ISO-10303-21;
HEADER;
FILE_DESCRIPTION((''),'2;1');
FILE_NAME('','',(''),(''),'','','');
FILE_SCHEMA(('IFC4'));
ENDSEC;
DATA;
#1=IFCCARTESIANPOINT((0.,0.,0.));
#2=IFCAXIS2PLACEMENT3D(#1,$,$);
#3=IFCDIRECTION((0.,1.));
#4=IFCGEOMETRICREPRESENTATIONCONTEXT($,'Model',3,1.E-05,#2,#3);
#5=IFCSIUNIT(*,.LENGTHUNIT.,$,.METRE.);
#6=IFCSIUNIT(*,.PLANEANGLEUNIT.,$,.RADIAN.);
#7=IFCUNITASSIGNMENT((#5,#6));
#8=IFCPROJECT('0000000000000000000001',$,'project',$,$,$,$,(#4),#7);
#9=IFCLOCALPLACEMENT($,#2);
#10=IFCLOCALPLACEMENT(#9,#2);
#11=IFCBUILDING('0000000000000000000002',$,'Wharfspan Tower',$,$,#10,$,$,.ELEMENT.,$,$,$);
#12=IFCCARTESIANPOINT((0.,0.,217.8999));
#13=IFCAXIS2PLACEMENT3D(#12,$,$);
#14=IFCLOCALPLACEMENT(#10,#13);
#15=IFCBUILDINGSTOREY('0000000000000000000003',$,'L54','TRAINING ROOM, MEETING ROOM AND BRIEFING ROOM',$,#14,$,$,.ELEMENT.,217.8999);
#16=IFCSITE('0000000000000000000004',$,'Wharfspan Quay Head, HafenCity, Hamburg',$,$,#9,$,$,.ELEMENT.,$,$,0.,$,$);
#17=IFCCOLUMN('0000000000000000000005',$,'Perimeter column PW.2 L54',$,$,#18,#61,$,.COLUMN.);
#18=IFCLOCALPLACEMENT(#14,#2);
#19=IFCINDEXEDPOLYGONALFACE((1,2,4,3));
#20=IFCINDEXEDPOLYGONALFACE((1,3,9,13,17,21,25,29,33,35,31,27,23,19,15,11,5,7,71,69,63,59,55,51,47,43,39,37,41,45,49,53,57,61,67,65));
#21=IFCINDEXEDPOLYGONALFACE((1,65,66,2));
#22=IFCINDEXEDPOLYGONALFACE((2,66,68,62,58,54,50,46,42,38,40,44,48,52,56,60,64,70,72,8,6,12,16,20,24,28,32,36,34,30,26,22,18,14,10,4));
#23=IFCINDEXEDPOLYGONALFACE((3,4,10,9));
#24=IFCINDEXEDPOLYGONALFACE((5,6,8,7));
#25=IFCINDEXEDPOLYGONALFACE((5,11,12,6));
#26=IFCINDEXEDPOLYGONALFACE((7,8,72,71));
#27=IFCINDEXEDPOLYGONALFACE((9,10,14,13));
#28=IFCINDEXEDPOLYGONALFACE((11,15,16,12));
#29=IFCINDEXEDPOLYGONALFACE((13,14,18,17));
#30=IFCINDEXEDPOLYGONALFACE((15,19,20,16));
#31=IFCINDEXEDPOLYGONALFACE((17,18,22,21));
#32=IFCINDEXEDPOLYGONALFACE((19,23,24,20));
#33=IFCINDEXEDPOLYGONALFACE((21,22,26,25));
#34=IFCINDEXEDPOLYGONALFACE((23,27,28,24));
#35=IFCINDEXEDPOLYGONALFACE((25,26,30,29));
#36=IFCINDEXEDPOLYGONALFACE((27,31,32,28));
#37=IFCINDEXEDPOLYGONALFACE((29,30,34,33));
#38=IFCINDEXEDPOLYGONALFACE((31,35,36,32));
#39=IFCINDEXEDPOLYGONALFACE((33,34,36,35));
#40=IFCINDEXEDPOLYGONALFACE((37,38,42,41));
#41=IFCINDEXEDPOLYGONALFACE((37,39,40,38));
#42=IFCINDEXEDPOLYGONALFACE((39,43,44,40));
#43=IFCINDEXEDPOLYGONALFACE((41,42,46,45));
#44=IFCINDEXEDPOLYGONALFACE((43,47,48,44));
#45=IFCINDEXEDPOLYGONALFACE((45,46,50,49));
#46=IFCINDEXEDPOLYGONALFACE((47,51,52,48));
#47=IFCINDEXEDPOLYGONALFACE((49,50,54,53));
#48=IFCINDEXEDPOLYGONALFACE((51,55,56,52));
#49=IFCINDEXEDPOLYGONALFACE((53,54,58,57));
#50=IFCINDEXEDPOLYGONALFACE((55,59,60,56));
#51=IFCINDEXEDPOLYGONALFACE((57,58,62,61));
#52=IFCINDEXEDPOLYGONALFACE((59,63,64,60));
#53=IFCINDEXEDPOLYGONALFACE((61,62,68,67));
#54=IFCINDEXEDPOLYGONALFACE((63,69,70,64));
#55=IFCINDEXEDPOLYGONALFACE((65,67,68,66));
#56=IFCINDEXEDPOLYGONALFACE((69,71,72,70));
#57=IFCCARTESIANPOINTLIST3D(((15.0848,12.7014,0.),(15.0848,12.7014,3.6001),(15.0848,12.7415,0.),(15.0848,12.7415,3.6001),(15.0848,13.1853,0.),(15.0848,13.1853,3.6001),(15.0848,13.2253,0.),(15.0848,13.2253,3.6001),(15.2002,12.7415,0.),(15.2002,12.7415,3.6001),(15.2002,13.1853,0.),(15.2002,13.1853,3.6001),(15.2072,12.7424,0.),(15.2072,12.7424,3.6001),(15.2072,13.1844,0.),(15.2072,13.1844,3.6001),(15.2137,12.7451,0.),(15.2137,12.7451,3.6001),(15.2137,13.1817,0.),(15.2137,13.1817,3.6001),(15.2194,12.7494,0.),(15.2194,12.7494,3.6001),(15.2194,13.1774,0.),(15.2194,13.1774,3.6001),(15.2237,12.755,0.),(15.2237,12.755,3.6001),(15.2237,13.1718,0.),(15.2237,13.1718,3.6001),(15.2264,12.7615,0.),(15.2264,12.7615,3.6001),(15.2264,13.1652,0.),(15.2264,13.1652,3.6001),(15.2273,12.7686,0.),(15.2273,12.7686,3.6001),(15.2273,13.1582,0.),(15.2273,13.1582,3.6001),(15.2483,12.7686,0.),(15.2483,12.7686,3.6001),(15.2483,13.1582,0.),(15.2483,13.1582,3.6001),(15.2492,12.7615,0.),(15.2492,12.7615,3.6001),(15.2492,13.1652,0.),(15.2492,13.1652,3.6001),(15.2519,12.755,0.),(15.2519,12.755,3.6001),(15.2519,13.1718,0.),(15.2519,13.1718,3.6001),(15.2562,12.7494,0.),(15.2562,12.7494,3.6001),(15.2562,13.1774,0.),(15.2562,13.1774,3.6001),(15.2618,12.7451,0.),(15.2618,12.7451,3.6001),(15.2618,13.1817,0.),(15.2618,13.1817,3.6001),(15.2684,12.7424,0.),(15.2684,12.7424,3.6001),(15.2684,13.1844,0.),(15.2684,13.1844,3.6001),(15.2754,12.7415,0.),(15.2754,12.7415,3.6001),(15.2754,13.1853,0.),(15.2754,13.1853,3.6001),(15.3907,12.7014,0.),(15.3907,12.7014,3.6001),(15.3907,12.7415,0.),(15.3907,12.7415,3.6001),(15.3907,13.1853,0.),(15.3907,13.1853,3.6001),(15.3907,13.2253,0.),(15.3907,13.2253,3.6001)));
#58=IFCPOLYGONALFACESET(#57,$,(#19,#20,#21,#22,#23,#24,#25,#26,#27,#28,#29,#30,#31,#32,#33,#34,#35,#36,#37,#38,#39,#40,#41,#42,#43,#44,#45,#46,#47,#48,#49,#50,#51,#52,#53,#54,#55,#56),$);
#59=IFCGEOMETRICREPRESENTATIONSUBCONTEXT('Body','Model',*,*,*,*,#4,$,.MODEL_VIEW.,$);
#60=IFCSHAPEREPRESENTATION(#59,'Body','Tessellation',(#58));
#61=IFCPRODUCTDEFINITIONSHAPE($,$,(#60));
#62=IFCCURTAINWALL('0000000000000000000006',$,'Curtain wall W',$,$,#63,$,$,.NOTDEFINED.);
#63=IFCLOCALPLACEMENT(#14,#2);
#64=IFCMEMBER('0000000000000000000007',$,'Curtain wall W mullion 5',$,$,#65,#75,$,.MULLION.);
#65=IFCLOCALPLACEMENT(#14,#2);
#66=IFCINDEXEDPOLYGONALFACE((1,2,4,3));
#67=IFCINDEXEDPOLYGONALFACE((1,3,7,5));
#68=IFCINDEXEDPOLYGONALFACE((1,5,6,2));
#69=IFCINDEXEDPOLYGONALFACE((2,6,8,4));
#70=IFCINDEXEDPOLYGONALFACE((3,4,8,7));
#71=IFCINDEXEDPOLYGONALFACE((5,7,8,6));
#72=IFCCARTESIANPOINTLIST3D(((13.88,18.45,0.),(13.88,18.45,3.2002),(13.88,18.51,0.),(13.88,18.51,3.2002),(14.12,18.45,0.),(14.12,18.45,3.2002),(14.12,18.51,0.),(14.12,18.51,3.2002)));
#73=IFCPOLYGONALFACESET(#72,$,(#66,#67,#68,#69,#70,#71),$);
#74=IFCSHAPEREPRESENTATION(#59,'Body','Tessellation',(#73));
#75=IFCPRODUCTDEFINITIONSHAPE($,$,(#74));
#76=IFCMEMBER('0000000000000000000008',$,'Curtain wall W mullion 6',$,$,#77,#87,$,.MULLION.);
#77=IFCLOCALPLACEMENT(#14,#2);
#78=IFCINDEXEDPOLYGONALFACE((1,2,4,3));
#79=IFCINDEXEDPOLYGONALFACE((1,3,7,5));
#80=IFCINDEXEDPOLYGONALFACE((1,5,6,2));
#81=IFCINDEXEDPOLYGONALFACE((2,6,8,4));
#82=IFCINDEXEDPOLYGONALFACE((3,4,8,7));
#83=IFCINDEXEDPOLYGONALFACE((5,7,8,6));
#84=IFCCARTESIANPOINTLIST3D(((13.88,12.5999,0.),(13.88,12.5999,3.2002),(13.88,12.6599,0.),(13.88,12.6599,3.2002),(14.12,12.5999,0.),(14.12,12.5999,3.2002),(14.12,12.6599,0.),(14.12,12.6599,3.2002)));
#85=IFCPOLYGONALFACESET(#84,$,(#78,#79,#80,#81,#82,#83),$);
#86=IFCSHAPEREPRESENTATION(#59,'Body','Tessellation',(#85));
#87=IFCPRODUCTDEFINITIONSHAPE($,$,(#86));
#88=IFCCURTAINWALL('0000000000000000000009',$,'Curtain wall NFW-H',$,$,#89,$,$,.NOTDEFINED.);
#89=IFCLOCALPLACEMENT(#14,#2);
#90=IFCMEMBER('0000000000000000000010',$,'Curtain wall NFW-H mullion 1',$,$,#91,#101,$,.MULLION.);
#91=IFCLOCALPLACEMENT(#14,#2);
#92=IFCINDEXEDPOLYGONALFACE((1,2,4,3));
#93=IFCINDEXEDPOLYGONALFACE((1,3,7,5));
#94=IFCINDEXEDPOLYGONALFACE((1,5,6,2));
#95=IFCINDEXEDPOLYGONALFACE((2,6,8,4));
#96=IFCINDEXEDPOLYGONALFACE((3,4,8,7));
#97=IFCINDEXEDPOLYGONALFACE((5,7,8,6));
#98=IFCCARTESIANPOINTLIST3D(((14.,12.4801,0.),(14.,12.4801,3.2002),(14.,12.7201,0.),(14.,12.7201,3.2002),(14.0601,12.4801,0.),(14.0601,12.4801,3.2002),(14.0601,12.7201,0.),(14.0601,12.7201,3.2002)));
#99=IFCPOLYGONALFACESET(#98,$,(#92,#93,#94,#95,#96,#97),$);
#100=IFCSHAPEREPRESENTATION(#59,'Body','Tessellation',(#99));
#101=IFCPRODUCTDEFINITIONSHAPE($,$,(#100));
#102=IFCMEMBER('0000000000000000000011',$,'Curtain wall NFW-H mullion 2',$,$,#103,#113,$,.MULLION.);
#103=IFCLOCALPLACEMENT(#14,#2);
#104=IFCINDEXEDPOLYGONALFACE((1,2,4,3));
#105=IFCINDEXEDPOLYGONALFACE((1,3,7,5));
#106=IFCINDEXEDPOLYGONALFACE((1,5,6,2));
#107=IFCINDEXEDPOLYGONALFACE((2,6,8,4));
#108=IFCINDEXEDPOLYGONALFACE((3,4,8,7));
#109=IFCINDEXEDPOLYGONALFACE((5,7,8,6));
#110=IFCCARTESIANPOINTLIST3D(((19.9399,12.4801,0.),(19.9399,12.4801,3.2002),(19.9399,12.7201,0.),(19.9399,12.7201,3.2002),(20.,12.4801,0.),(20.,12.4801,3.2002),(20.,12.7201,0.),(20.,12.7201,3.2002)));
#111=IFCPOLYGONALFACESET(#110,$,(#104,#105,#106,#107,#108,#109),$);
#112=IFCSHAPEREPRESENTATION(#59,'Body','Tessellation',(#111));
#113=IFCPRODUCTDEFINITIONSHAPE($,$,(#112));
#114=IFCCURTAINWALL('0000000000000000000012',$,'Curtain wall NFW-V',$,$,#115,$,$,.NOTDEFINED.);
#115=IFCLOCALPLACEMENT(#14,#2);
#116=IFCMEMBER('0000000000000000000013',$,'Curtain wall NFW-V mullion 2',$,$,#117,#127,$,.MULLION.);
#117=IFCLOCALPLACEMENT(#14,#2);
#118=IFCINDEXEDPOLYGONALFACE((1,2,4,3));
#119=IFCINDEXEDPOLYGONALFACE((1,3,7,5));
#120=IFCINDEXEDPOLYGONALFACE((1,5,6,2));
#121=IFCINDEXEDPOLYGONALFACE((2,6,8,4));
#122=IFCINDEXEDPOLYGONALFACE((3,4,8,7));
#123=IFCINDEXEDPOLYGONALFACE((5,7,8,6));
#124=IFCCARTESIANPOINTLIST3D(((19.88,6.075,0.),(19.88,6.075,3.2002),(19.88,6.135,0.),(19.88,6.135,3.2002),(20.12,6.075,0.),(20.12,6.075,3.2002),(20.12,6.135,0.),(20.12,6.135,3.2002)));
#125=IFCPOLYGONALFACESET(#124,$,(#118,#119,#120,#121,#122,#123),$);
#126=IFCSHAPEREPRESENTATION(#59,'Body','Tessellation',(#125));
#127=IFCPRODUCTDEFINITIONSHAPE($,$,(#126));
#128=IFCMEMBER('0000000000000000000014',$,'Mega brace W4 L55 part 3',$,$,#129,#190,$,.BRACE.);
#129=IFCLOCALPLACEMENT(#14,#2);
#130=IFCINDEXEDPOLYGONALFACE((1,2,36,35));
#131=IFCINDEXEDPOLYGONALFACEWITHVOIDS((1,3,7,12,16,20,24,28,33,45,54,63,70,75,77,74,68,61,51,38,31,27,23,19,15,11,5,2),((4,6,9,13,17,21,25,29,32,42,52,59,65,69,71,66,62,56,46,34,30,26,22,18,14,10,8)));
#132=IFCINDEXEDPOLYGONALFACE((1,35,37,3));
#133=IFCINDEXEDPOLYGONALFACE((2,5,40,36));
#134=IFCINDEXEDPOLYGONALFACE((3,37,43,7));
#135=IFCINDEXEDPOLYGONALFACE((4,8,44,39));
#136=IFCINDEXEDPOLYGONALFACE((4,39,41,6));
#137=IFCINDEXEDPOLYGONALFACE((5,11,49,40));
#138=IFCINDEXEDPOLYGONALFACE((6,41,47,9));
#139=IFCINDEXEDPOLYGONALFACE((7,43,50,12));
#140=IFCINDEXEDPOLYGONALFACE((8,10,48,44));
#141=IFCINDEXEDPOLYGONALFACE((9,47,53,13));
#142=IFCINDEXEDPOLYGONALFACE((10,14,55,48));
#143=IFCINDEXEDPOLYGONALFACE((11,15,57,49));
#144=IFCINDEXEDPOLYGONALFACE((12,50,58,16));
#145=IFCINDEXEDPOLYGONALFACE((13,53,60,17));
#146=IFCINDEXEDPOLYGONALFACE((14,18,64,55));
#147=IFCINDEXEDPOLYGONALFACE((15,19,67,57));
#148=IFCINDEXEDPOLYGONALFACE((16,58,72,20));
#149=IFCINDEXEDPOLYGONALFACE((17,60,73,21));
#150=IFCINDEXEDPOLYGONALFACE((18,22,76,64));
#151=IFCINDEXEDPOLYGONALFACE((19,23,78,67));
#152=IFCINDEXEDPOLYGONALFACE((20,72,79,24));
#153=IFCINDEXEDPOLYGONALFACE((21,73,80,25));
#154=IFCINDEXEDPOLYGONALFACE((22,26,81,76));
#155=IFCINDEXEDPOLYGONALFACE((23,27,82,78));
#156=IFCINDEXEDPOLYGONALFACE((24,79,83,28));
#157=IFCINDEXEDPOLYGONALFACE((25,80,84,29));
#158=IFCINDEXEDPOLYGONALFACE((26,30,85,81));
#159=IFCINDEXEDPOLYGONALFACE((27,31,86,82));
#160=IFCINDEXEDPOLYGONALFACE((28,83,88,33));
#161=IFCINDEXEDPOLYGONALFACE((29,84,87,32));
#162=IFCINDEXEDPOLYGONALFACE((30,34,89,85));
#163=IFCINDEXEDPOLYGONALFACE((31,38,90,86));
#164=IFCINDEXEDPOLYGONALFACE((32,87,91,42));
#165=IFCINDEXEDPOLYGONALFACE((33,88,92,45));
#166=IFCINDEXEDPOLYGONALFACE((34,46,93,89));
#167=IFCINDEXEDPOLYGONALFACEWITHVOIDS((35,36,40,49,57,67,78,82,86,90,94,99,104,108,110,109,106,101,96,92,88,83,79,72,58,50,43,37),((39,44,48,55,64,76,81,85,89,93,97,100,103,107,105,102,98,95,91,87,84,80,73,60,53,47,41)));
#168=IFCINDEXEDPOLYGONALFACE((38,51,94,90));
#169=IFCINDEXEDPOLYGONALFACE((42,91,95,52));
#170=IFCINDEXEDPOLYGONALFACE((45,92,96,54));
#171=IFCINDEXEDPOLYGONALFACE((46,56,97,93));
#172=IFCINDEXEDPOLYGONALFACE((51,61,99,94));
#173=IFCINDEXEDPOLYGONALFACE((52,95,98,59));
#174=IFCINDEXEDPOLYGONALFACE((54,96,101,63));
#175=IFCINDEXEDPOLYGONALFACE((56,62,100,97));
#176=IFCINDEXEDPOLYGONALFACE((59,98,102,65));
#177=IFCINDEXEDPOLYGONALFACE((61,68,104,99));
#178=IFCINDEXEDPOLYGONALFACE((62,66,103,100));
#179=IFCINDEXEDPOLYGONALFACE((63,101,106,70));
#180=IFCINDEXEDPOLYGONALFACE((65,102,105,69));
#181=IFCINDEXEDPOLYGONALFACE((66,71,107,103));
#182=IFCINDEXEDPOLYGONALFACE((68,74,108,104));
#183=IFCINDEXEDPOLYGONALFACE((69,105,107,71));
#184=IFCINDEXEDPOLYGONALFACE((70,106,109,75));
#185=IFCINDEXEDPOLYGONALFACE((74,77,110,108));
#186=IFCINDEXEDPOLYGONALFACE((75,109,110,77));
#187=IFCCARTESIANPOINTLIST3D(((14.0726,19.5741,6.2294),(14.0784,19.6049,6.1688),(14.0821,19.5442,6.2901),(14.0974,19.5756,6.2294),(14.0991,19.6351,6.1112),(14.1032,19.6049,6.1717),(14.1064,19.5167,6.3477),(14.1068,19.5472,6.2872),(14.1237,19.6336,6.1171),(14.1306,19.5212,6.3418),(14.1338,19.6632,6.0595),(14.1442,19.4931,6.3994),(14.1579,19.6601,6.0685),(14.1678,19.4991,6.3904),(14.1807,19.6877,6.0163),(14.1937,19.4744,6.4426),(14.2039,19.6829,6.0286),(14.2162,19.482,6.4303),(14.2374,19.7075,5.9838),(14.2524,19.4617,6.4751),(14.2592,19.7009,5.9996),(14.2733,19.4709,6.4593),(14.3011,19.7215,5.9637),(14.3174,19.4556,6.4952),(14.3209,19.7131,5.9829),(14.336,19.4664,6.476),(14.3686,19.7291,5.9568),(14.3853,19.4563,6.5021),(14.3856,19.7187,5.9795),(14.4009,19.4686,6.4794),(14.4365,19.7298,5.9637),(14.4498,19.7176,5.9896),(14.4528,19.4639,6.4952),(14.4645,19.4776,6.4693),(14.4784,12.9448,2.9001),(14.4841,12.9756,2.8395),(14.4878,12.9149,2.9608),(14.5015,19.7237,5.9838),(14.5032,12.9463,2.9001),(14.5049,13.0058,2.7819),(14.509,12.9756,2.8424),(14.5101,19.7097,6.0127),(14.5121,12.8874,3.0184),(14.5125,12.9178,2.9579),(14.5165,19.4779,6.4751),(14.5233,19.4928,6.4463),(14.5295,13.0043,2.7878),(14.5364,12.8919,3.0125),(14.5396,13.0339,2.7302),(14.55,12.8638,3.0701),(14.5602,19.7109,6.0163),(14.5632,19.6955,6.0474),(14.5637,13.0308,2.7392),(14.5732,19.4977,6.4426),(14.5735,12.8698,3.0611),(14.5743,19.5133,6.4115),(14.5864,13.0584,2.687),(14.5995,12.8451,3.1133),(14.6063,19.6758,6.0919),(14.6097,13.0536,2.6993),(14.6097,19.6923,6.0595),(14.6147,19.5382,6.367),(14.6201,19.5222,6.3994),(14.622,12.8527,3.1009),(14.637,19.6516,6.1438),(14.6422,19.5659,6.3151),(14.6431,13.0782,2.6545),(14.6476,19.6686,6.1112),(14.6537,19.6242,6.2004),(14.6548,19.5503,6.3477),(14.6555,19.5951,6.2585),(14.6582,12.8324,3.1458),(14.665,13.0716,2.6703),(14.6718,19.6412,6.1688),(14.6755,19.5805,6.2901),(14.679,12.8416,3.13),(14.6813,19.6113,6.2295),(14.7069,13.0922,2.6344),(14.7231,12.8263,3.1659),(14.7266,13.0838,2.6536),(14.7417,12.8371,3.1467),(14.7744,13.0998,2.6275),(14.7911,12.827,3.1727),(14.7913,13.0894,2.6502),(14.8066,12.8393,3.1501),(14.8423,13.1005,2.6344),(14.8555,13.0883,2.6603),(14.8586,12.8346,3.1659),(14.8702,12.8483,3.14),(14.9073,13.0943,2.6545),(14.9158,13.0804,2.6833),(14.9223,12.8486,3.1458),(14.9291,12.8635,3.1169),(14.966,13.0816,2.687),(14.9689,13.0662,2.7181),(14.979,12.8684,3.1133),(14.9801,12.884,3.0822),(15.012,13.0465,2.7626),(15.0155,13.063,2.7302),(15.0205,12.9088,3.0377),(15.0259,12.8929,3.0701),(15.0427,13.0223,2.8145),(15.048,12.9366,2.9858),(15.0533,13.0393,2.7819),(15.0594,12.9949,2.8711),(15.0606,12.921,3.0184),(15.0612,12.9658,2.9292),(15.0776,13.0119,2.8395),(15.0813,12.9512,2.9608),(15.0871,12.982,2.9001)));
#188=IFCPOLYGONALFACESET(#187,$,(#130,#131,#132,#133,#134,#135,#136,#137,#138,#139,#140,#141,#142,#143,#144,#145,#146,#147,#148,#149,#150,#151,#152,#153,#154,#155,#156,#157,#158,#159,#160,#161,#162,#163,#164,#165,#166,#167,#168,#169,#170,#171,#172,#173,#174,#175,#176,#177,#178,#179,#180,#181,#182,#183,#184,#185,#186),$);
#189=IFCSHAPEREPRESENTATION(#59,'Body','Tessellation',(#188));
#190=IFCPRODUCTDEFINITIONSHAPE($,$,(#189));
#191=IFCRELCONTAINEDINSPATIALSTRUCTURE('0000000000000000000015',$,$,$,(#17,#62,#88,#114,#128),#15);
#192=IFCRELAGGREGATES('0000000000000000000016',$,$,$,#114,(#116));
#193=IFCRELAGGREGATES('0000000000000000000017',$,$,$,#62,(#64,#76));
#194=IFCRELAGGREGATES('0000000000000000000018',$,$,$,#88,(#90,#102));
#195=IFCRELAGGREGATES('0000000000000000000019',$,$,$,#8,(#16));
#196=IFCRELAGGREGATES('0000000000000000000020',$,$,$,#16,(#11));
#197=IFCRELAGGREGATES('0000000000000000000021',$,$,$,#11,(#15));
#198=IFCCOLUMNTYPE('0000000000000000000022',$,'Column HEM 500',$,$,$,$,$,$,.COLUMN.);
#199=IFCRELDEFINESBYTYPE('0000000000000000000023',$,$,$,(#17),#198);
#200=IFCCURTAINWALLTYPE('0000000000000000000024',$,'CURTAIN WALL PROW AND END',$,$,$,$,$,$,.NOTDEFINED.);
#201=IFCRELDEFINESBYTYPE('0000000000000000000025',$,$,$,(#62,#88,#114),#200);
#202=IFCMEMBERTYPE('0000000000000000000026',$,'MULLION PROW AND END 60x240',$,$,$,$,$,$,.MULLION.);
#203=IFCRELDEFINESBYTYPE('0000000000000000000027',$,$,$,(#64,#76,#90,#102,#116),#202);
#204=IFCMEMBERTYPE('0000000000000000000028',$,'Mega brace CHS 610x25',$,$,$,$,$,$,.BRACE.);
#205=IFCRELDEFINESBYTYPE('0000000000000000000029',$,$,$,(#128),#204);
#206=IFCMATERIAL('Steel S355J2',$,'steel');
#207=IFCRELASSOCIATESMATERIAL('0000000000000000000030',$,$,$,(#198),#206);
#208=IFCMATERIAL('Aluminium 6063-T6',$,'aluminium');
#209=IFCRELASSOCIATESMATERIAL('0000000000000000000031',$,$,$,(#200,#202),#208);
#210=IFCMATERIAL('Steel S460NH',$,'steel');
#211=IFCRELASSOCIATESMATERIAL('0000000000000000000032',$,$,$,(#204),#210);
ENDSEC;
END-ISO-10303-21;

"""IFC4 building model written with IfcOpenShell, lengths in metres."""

from ifc_helpers import new_model, si_unit, direction, frame, origin, origin_2d, place, context, subcontext, project, spatial, rectangle, hollow_circle, i_section, extrude, material, material_profile, profile_set, type_object, element, aggregate, save


model = new_model("IFC4")

# Units and contexts
model_context = context("Model", 3, precision=1e-05, world=origin(), true_north=direction((0.0, 1.0)))
body_context = subcontext(model_context, "Body", "Model", "MODEL_VIEW")
ifc_project = project(units=[si_unit("LENGTHUNIT", "METRE"), si_unit("PLANEANGLEUNIT", "RADIAN")], contexts=[model_context])

# Site, building, storey
site_placement = place(None, origin())
site = spatial("IfcSite", under=ifc_project, at=site_placement, Name="Wharfspan Quay Head, HafenCity, Hamburg", CompositionType="ELEMENT", RefElevation=0.0)
building_placement = place(site_placement, origin())
building = spatial("IfcBuilding", under=site, at=building_placement, Name="Wharfspan Tower", CompositionType="ELEMENT")
storey_placement = place(building_placement, frame((0.0, 0.0, 217.8999)))
storey = spatial("IfcBuildingStorey", under=building, at=storey_placement, Name="L54", Description="TRAINING ROOM, MEETING ROOM AND BRIEFING ROOM", CompositionType="ELEMENT", Elevation=217.8999)

# Column
ifc_material_1 = material(Name="Steel S355J2", Category="steel")
ifc_material_profile_1 = material_profile(ifc_material_1, i_section(OverallWidth=0.3059, OverallDepth=0.5239, WebThickness=0.021, FlangeThickness=0.04, FilletRadius=0.0271, at=origin_2d()))
ifc_profile_set_1 = profile_set([ifc_material_profile_1], Name="Steel S355J2")
column_type = type_object("IfcColumnType", Name="Column HEM 500", PredefinedType="COLUMN", material=ifc_profile_set_1)
column_placement = place(storey_placement, frame((15.2378, 12.9634, 0.0), z_axis=(0.0, 0.0, 1.0), x_axis=(-1.0, 0.0, 0.0)))
element("IfcColumn", 1, at=column_placement, inside=storey, type_object=column_type, Name="Perimeter column PW.2 L54", PredefinedType="COLUMN", context=body_context, shape_type="SweptSolid", body=[
    extrude(i_section(OverallWidth=0.3059, OverallDepth=0.5239, WebThickness=0.021, FlangeThickness=0.04, FilletRadius=0.0271, at=origin_2d()), origin(), (0.0, 0.0, 1.0), 3.6001),
])

# Curtain walls, members
ifc_material_2 = material(Name="Aluminium 6063-T6", Category="aluminium")
curtain_wall_type = type_object("IfcCurtainWallType", Name="CURTAIN WALL PROW AND END", PredefinedType="NOTDEFINED", material=ifc_material_2)
curtain_wall_1_placement = place(storey_placement, origin())
curtain_wall_1 = element("IfcCurtainWall", 2, at=curtain_wall_1_placement, inside=storey, type_object=curtain_wall_type, Name="Curtain wall W", PredefinedType="NOTDEFINED")
ifc_material_profile_2 = material_profile(ifc_material_2, rectangle(XDim=0.24, YDim=0.0601, at=origin_2d()))
ifc_profile_set_2 = profile_set([ifc_material_profile_2], Name="Aluminium 6063-T6")
member_type_1 = type_object("IfcMemberType", Name="MULLION PROW AND END 60x240", PredefinedType="MULLION", material=ifc_profile_set_2)
member_1_placement = place(storey_placement, frame((14.0, 18.48, 0.0), z_axis=(0.0, 0.0, 1.0), x_axis=(1.0, 0.0, 0.0)))
member_1 = element("IfcMember", 3, at=member_1_placement, type_object=member_type_1, Name="Curtain wall W mullion 5", PredefinedType="MULLION", context=body_context, shape_type="SweptSolid", body=[
    extrude(rectangle(XDim=0.24, YDim=0.0601, at=origin_2d()), origin(), (0.0, 0.0, 1.0), 3.2002),
])
member_2_placement = place(storey_placement, frame((14.0, 12.6299, 0.0), z_axis=(0.0, 0.0, 1.0), x_axis=(1.0, 0.0, 0.0)))
member_2 = element("IfcMember", 4, at=member_2_placement, type_object=member_type_1, Name="Curtain wall W mullion 6", PredefinedType="MULLION", context=body_context, shape_type="SweptSolid", body=[
    extrude(rectangle(XDim=0.24, YDim=0.0601, at=origin_2d()), origin(), (0.0, 0.0, 1.0), 3.2002),
])
curtain_wall_2_placement = place(storey_placement, origin())
curtain_wall_2 = element("IfcCurtainWall", 5, at=curtain_wall_2_placement, inside=storey, type_object=curtain_wall_type, Name="Curtain wall NFW-H", PredefinedType="NOTDEFINED")
member_3_placement = place(storey_placement, frame((14.03, 12.6001, 0.0), z_axis=(0.0, 0.0, 1.0), x_axis=(0.0, 1.0, 0.0)))
member_3 = element("IfcMember", 6, at=member_3_placement, type_object=member_type_1, Name="Curtain wall NFW-H mullion 1", PredefinedType="MULLION", context=body_context, shape_type="SweptSolid", body=[
    extrude(rectangle(XDim=0.24, YDim=0.0601, at=origin_2d()), origin(), (0.0, 0.0, 1.0), 3.2002),
])
member_4_placement = place(storey_placement, frame((19.97, 12.6001, 0.0), z_axis=(0.0, 0.0, 1.0), x_axis=(0.0, 1.0, 0.0)))
member_4 = element("IfcMember", 7, at=member_4_placement, type_object=member_type_1, Name="Curtain wall NFW-H mullion 2", PredefinedType="MULLION", context=body_context, shape_type="SweptSolid", body=[
    extrude(rectangle(XDim=0.24, YDim=0.0601, at=origin_2d()), origin(), (0.0, 0.0, 1.0), 3.2002),
])

# Curtain wall, member
curtain_wall_3_placement = place(storey_placement, origin())
curtain_wall_3 = element("IfcCurtainWall", 8, at=curtain_wall_3_placement, inside=storey, type_object=curtain_wall_type, Name="Curtain wall NFW-V", PredefinedType="NOTDEFINED")
member_5_placement = place(storey_placement, frame((20.0, 6.105, 0.0), z_axis=(0.0, 0.0, 1.0), x_axis=(1.0, 0.0, 0.0)))
member_5 = element("IfcMember", 9, at=member_5_placement, type_object=member_type_1, Name="Curtain wall NFW-V mullion 2", PredefinedType="MULLION", context=body_context, shape_type="SweptSolid", body=[
    extrude(rectangle(XDim=0.24, YDim=0.0601, at=origin_2d()), origin(), (0.0, 0.0, 1.0), 3.2002),
])
aggregate(curtain_wall_3, [member_5])

# Member
ifc_material_3 = material(Name="Steel S460NH", Category="steel")
ifc_material_profile_3 = material_profile(ifc_material_3, hollow_circle(Radius=0.3049, WallThickness=0.0249, at=origin_2d()))
ifc_profile_set_3 = profile_set([ifc_material_profile_3], Name="Steel S460NH")
member_type_2 = type_object("IfcMemberType", Name="Mega brace CHS 610x25", PredefinedType="BRACE", material=ifc_profile_set_3)
member_6_placement = place(storey_placement, frame((14.7827, 12.9634, 2.9001), z_axis=(-0.054615, 0.892302, 0.448123), x_axis=(-0.998132, -0.061091, -0.000003)))
element("IfcMember", 10, at=member_6_placement, inside=storey, type_object=member_type_2, Name="Mega brace W4 L55 part 3", PredefinedType="BRACE", context=body_context, shape_type="SweptSolid", body=[
    extrude(hollow_circle(Radius=0.3049, WallThickness=0.0249, at=origin_2d()), origin(), (0.0, 0.0, 1.0), 7.4294),
])

aggregate(curtain_wall_1, [member_1, member_2])
aggregate(curtain_wall_2, [member_3, member_4])

save(model, "model.ifc")
